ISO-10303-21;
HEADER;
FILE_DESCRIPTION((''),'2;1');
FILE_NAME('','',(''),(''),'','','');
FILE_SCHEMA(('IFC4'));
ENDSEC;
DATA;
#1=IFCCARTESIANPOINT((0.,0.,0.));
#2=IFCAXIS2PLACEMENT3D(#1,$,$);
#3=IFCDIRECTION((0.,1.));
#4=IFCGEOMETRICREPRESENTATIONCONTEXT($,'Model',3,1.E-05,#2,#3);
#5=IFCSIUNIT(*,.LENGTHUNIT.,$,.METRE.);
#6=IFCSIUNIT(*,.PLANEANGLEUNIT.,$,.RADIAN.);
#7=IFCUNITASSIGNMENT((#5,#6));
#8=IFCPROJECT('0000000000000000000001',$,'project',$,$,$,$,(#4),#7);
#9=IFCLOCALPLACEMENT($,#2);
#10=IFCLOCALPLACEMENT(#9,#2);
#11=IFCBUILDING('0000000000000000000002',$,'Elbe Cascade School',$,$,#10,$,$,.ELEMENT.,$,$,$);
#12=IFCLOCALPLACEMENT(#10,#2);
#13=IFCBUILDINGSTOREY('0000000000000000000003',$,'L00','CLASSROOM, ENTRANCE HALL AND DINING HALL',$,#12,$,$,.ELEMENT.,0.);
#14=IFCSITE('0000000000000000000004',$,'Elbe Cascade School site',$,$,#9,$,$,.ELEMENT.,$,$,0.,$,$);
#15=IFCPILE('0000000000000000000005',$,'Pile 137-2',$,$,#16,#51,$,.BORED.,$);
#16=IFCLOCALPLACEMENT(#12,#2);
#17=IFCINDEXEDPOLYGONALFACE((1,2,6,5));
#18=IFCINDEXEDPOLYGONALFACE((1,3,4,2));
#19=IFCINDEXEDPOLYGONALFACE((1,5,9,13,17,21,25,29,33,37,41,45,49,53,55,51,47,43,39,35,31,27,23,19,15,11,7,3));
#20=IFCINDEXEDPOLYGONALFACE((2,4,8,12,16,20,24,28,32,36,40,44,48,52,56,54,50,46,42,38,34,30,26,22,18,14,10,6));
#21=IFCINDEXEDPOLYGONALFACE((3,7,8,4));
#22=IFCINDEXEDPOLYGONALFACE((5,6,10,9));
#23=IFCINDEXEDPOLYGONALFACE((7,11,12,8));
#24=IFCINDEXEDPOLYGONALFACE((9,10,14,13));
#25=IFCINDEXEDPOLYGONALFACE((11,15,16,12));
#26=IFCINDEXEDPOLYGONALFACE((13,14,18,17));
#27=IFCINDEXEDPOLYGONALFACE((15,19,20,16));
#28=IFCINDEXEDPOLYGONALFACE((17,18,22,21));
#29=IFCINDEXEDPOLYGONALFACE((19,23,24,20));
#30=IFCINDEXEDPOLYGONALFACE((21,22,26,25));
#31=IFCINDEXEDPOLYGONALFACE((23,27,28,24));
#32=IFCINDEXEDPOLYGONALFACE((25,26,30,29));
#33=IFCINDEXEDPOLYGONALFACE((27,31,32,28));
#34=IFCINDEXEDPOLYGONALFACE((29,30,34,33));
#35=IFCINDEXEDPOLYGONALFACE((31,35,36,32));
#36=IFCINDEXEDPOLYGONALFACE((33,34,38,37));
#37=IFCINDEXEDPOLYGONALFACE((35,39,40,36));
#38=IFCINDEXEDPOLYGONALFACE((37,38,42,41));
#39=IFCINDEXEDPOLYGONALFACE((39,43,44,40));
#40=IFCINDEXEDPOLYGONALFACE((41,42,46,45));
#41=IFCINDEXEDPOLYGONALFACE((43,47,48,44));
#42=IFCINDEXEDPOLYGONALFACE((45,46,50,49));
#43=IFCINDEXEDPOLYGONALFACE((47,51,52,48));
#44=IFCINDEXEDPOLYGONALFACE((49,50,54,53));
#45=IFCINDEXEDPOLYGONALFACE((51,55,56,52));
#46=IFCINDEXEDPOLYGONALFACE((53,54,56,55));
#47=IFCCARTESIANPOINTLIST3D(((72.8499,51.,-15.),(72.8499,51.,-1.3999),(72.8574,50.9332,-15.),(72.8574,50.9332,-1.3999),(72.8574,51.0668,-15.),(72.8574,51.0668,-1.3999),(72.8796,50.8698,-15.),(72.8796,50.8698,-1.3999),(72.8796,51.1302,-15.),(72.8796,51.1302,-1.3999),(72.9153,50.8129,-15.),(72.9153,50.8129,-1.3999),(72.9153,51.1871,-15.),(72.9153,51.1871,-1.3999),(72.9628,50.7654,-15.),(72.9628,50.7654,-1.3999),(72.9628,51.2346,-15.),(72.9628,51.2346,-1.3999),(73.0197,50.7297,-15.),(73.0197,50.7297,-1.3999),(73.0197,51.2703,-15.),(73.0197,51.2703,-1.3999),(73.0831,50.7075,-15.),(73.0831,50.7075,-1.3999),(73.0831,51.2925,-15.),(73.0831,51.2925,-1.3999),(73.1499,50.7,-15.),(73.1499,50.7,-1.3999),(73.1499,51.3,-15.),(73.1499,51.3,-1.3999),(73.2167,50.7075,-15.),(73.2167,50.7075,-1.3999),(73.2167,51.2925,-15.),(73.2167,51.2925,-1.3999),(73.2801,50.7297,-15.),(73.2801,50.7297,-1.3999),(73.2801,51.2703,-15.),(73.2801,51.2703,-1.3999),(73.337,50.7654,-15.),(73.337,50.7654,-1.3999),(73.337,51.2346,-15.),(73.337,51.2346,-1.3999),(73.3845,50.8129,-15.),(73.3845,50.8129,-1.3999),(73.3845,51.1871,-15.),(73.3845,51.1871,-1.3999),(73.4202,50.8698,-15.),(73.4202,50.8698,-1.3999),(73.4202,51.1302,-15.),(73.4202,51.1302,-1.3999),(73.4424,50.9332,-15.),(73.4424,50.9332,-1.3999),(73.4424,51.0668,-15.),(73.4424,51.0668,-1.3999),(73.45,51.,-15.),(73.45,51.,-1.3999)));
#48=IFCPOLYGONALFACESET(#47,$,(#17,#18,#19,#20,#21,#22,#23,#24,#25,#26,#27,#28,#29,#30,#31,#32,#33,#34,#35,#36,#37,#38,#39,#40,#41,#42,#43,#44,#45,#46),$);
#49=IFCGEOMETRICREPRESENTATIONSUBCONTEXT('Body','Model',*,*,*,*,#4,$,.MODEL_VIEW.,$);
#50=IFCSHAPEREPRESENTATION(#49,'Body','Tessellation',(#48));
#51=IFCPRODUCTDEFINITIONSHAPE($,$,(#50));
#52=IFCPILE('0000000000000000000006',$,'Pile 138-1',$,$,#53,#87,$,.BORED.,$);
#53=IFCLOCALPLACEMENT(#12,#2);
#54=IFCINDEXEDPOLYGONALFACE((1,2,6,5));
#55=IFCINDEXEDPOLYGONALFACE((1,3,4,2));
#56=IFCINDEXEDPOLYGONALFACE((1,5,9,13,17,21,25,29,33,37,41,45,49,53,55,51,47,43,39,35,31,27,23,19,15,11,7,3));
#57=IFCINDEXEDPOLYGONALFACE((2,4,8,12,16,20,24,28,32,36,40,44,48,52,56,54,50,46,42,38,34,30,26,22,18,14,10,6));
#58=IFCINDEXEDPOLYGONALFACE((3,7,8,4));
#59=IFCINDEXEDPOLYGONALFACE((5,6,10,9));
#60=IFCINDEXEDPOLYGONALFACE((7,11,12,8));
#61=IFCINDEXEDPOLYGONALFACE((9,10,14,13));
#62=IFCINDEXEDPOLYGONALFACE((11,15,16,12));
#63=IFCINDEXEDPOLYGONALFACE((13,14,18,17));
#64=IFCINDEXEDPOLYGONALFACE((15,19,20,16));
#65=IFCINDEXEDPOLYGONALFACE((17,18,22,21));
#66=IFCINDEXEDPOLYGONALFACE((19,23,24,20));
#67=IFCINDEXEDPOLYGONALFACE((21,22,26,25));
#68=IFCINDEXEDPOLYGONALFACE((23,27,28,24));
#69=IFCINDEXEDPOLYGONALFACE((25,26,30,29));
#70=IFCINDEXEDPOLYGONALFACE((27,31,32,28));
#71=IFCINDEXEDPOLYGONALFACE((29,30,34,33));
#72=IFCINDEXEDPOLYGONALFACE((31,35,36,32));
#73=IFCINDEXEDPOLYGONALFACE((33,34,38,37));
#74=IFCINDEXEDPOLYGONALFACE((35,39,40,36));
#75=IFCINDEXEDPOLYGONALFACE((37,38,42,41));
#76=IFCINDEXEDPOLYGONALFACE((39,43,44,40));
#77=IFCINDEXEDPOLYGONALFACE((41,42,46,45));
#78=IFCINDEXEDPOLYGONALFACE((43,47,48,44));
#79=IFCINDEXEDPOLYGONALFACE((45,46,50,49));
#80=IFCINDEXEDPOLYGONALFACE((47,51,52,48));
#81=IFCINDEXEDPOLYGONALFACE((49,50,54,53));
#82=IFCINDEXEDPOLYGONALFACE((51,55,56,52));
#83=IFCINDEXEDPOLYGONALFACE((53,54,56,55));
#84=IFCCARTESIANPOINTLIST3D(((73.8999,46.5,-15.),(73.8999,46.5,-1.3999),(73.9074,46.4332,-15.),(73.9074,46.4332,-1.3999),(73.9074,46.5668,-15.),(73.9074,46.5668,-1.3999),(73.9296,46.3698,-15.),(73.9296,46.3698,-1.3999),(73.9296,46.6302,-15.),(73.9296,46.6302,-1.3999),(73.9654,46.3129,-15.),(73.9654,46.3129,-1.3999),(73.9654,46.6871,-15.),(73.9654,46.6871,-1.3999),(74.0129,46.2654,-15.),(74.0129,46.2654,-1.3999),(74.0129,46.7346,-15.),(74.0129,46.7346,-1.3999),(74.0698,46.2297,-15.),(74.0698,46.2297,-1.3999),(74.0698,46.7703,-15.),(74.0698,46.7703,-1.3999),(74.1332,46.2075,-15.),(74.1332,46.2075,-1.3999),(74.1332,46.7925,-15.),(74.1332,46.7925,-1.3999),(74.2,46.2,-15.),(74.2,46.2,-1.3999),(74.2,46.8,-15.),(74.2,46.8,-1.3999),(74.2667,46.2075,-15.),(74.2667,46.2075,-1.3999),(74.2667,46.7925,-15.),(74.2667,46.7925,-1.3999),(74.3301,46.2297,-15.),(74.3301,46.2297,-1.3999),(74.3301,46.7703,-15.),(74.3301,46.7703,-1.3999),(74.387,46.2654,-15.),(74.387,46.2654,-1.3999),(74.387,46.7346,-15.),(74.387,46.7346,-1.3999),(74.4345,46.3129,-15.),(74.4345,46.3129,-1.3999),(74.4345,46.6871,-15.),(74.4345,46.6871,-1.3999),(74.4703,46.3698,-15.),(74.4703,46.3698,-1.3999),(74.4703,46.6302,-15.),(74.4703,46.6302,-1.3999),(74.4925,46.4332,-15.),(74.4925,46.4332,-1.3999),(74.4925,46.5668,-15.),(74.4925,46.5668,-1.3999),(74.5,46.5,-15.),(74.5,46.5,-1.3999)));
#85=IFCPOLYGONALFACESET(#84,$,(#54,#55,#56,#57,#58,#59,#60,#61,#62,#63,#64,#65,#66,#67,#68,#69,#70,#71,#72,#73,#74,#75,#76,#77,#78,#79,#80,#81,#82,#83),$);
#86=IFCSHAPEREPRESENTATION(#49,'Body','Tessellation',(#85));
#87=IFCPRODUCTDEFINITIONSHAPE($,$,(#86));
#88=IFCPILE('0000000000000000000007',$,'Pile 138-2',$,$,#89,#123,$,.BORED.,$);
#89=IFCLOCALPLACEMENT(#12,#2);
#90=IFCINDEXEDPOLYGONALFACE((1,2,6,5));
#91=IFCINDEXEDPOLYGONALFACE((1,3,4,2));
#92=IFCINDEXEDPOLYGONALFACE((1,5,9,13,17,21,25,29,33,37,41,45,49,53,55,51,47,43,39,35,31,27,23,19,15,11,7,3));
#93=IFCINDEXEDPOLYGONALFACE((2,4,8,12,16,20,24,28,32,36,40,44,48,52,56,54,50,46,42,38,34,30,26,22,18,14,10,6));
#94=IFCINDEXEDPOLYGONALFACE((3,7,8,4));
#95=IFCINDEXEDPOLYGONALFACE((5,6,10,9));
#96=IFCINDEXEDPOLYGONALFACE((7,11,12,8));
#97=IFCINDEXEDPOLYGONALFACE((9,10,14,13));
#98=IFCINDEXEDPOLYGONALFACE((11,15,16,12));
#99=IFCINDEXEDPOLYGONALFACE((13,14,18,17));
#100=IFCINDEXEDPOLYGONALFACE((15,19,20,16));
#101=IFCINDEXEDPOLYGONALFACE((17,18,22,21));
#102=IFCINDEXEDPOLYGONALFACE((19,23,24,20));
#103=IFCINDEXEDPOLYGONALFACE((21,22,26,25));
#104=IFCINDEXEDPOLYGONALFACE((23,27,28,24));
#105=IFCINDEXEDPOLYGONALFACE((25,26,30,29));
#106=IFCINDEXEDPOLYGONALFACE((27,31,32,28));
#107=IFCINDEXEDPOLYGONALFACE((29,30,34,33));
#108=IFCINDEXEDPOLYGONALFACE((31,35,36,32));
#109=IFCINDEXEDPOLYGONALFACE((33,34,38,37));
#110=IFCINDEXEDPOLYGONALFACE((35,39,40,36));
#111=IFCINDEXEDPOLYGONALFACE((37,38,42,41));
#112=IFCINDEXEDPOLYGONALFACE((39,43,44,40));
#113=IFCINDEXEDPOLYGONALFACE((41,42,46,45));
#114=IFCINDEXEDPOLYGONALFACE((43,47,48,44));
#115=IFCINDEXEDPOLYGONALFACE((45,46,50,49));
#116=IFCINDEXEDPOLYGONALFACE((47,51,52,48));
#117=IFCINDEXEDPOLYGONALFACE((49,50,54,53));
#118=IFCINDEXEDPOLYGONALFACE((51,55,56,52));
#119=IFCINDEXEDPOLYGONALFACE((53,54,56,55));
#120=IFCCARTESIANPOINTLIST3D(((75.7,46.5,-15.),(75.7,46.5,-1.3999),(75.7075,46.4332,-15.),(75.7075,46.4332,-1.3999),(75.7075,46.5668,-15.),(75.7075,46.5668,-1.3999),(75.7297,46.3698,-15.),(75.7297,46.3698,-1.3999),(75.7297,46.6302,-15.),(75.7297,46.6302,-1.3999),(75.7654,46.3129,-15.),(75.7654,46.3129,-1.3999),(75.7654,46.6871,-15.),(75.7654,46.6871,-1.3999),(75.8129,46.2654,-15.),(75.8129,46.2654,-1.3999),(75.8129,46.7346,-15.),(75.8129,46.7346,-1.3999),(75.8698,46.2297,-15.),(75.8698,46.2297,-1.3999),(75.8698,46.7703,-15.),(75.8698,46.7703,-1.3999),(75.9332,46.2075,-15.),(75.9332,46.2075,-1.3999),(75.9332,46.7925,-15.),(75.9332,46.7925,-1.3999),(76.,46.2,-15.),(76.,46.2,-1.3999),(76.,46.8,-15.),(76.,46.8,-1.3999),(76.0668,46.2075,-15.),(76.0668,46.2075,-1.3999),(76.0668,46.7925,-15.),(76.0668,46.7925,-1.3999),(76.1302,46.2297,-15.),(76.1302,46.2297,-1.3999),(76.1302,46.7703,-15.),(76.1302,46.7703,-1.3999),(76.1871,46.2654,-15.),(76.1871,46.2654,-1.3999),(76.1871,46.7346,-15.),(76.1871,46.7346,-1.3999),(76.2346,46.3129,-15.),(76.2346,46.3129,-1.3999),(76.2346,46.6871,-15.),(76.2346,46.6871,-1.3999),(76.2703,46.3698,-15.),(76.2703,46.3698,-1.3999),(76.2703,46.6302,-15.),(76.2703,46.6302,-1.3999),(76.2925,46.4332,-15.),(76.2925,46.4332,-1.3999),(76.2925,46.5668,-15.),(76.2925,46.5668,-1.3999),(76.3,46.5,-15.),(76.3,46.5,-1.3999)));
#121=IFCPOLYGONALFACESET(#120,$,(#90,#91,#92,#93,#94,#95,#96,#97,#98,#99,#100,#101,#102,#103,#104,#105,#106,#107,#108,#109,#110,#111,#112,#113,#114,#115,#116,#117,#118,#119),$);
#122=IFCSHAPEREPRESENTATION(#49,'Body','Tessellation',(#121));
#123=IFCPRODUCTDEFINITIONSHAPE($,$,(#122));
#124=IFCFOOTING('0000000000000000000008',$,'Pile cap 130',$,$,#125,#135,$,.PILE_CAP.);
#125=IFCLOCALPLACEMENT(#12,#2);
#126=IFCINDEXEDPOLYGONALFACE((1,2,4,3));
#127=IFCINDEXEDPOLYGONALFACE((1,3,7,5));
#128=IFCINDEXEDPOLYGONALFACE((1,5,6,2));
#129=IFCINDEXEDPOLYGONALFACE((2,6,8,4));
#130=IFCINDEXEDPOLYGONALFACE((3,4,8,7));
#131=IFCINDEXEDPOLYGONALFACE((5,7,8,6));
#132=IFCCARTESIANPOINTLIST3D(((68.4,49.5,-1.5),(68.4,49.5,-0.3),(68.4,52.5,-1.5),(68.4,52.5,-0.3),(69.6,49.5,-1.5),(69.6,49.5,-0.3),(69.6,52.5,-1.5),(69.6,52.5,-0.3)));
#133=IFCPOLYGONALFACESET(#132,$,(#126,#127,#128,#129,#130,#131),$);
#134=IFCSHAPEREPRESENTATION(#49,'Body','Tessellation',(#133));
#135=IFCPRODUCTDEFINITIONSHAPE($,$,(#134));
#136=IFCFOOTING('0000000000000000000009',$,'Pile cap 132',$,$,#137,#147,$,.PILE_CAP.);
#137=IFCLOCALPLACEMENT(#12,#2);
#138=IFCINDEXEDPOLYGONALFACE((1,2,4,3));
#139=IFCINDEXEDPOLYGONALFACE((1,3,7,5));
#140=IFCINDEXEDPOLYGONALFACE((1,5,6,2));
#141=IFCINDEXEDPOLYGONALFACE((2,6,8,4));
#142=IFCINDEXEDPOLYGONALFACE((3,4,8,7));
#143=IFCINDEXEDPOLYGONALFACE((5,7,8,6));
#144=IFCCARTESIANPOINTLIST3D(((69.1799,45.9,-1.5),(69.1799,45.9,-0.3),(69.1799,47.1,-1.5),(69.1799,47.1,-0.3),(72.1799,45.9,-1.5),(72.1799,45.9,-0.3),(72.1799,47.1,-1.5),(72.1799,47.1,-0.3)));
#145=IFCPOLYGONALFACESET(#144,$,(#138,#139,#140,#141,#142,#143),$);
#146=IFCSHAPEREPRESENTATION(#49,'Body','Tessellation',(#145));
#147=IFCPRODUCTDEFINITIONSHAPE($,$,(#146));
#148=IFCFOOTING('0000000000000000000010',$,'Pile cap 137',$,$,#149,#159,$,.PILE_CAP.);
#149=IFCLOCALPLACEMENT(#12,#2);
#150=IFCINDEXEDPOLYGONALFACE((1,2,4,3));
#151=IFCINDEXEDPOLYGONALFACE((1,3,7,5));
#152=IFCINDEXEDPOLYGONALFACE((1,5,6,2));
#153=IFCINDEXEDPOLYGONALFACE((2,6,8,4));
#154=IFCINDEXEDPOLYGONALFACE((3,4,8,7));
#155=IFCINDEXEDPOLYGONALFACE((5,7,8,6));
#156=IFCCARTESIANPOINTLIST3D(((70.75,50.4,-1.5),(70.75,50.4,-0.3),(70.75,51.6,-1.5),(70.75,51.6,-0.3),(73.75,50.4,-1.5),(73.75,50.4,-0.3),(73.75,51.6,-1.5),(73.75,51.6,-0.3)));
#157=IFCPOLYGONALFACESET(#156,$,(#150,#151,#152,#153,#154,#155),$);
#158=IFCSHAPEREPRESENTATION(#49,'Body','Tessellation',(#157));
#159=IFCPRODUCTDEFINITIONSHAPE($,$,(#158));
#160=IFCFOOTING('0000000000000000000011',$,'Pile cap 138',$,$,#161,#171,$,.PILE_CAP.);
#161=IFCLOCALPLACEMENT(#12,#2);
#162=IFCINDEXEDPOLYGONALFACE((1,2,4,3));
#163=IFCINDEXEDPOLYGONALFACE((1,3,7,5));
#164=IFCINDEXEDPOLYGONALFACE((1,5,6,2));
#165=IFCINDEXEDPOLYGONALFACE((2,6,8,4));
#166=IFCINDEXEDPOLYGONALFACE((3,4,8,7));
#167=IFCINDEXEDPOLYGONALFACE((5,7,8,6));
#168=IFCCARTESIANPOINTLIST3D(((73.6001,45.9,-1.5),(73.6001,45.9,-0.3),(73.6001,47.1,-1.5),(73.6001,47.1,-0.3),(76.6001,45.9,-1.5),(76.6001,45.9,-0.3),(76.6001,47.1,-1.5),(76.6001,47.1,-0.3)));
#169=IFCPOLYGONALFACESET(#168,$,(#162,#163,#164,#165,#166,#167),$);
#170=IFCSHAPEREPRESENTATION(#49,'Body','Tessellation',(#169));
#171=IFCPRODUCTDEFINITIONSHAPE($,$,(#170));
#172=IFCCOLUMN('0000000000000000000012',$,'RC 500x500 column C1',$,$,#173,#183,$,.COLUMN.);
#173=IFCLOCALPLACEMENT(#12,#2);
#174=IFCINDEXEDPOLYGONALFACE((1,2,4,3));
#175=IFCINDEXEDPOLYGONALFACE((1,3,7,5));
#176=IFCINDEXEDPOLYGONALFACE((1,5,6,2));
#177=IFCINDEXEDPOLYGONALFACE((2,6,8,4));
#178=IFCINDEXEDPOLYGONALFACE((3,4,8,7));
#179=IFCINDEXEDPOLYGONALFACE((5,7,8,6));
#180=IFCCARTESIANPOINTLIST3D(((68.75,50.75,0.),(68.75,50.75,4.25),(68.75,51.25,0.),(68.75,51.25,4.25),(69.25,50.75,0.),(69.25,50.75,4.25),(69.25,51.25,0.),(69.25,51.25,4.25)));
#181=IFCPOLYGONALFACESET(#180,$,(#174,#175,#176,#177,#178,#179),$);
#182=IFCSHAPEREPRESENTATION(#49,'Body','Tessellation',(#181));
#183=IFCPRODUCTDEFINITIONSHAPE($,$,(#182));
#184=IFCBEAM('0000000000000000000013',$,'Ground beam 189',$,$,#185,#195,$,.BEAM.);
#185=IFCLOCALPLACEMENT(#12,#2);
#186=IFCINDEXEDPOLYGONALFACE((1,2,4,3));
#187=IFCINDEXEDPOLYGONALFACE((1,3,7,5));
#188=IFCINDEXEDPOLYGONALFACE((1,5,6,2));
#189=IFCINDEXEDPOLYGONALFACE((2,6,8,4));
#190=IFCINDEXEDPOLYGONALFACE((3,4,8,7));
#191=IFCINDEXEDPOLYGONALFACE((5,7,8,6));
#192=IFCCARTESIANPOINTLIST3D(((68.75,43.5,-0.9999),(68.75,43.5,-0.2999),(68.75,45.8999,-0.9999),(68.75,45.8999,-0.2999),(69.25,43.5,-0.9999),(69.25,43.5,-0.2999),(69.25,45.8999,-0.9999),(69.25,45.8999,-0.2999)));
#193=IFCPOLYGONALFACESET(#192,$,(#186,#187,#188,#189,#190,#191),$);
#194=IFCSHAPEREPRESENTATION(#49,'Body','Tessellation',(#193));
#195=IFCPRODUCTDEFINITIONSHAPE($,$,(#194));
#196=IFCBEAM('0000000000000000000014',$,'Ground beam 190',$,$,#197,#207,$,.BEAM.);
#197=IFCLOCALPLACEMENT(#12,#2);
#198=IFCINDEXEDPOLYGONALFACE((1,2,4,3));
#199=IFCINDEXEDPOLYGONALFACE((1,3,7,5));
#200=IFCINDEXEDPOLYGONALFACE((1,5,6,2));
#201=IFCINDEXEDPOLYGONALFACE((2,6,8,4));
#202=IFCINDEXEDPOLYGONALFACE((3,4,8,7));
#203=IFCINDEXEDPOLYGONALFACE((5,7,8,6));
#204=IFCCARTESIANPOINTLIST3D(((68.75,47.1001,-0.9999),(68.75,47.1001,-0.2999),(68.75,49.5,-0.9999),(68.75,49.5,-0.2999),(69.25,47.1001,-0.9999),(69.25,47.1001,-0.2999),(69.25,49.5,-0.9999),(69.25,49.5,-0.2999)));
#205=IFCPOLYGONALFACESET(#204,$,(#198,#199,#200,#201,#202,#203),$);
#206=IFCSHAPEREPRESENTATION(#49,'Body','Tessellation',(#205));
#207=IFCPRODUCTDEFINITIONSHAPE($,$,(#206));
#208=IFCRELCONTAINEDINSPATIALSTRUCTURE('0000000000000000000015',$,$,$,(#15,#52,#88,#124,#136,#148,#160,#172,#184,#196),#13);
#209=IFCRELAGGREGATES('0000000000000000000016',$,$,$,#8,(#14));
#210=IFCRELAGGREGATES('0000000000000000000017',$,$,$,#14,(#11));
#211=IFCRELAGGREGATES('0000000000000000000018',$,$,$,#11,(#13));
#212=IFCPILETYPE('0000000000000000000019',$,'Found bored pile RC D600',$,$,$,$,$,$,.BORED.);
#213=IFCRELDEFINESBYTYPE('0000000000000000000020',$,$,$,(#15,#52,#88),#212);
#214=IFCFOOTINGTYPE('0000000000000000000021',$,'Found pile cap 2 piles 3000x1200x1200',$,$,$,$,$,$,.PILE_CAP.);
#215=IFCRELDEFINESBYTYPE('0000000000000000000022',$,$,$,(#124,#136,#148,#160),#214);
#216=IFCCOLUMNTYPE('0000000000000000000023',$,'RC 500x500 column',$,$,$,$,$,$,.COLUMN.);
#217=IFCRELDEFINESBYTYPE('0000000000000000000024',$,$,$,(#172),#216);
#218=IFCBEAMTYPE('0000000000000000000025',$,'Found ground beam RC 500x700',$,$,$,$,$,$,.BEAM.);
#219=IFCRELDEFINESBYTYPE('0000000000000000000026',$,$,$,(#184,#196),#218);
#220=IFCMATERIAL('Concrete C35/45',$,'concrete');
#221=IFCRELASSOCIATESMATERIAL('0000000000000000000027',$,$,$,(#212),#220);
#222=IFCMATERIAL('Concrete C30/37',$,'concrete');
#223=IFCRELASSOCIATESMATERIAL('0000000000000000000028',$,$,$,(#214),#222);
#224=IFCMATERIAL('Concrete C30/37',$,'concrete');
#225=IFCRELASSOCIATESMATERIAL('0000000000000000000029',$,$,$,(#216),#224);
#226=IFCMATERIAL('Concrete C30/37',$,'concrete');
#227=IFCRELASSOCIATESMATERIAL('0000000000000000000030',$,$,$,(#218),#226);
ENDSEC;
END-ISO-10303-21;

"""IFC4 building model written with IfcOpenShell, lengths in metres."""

from ifc_helpers import new_model, si_unit, direction, frame, origin, origin_2d, place, context, subcontext, project, spatial, rectangle, circle, extrude, material, material_profile, profile_set, type_object, element, save


model = new_model("IFC4")

# Units and contexts
model_context = context("Model", 3, precision=1e-05, world=origin(), true_north=direction((0.0, 1.0)))
body_context = subcontext(model_context, "Body", "Model", "MODEL_VIEW")
ifc_project = project(units=[si_unit("LENGTHUNIT", "METRE"), si_unit("PLANEANGLEUNIT", "RADIAN")], contexts=[model_context])

# Site, building, storey
site_placement = place(None, origin())
site = spatial("IfcSite", under=ifc_project, at=site_placement, Name="Elbe Cascade School site", CompositionType="ELEMENT", RefElevation=0.0)
building_placement = place(site_placement, origin())
building = spatial("IfcBuilding", under=site, at=building_placement, Name="Elbe Cascade School", CompositionType="ELEMENT")
storey_placement = place(building_placement, origin())
storey = spatial("IfcBuildingStorey", under=building, at=storey_placement, Name="L00", Description="CLASSROOM, ENTRANCE HALL AND DINING HALL", CompositionType="ELEMENT", Elevation=0.0)

# Piles
ifc_material_1 = material(Name="Concrete C35/45", Category="concrete")
ifc_material_profile_1 = material_profile(ifc_material_1, circle(Radius=0.3, at=origin_2d()), Name="RC D600")
ifc_profile_set_1 = profile_set([ifc_material_profile_1], Name="Concrete C35/45")
pile_type = type_object("IfcPileType", Name="Found bored pile RC D600", PredefinedType="BORED", material=ifc_profile_set_1)
for number, where, z_axis, x_axis, name in (
    (1, (73.1499, 51.0, -1.3999), (0.0, 0.0, -1.0), (1.0, 0.0, 0.0), "Pile 137-2"),
    (2, (74.2, 46.5, -1.3999), (0.0, 0.0, -1.0), (1.0, 0.0, 0.0), "Pile 138-1"),
    (3, (76.0, 46.5, -1.3999), (0.0, 0.0, -1.0), (1.0, 0.0, 0.0), "Pile 138-2"),
):
    element("IfcPile", number, at=place(storey_placement, frame(where, z_axis=z_axis, x_axis=x_axis)), inside=storey, type_object=pile_type, Name=name, PredefinedType="BORED", context=body_context, shape_type="SweptSolid", body=[
        extrude(circle(Radius=0.3, at=origin_2d()), origin(), (0.0, 0.0, 1.0), 13.6001),
    ])

# Footings
ifc_material_2 = material(Name="Concrete C30/37", Category="concrete")
footing_type = type_object("IfcFootingType", Name="Found pile cap 2 piles 3000x1200x1200", PredefinedType="PILE_CAP", material=ifc_material_2)
footing_placement = place(storey_placement, frame((69.0, 51.0, -1.5), z_axis=(0.0, 0.0, 1.0), x_axis=(1.0, 0.0, 0.0)))
element("IfcFooting", 4, at=footing_placement, inside=storey, type_object=footing_type, Name="Pile cap 130", PredefinedType="PILE_CAP", context=body_context, shape_type="SweptSolid", body=[
    extrude(rectangle(XDim=1.2, YDim=3.0, at=origin_2d()), origin(), (0.0, 0.0, 1.0), 1.2),
])
for number, where, z_axis, x_axis, name in (
    (5, (70.6799, 46.5, -1.5), (0.0, 0.0, 1.0), (1.0, 0.0, 0.0), "Pile cap 132"),
    (6, (72.25, 51.0, -1.5), (0.0, 0.0, 1.0), (1.0, 0.0, 0.0), "Pile cap 137"),
    (7, (75.1001, 46.5, -1.5), (0.0, 0.0, 1.0), (1.0, 0.0, 0.0), "Pile cap 138"),
):
    element("IfcFooting", number, at=place(storey_placement, frame(where, z_axis=z_axis, x_axis=x_axis)), inside=storey, type_object=footing_type, Name=name, PredefinedType="PILE_CAP", context=body_context, shape_type="SweptSolid", body=[
        extrude(rectangle(XDim=3.0, YDim=1.2, at=origin_2d()), origin(), (0.0, 0.0, 1.0), 1.2),
    ])

# Column
ifc_material_3 = material(Name="Concrete C30/37", Category="concrete")
ifc_material_profile_2 = material_profile(ifc_material_3, rectangle(XDim=0.5, YDim=0.5, at=origin_2d()), Name="RC 500x500")
ifc_profile_set_2 = profile_set([ifc_material_profile_2], Name="Concrete C30/37")
column_type = type_object("IfcColumnType", Name="RC 500x500 column", PredefinedType="COLUMN", material=ifc_profile_set_2)
column_placement = place(storey_placement, frame((69.0, 51.0, 0.0), z_axis=(0.0, 0.0, 1.0), x_axis=(1.0, 0.0, 0.0)))
element("IfcColumn", 8, at=column_placement, inside=storey, type_object=column_type, Name="RC 500x500 column C1", PredefinedType="COLUMN", context=body_context, shape_type="SweptSolid", body=[
    extrude(rectangle(XDim=0.5, YDim=0.5, at=origin_2d()), origin(), (0.0, 0.0, 1.0), 4.25),
])

# Beams
ifc_material_4 = material(Name="Concrete C30/37", Category="concrete")
ifc_material_profile_3 = material_profile(ifc_material_4, rectangle(XDim=0.5, YDim=0.7, at=origin_2d()), Name="RC 500x700")
ifc_profile_set_3 = profile_set([ifc_material_profile_3], Name="Concrete C30/37")
beam_type_1 = type_object("IfcBeamType", Name="Found ground beam RC 500x700", PredefinedType="BEAM", material=ifc_profile_set_3)
for number, where, z_axis, x_axis, name in (
    (9, (69.0, 43.5, -0.6499), (0.0, 1.0, 0.0), (-1.0, 0.0, 0.0), "Ground beam 189"),
    (10, (69.0, 47.1001, -0.6499), (0.0, 1.0, 0.0), (-1.0, 0.0, 0.0), "Ground beam 190"),
):
    element("IfcBeam", number, at=place(storey_placement, frame(where, z_axis=z_axis, x_axis=x_axis)), inside=storey, type_object=beam_type_1, Name=name, PredefinedType="BEAM", context=body_context, shape_type="SweptSolid", body=[
        extrude(rectangle(XDim=0.5, YDim=0.7, at=origin_2d()), origin(), (0.0, 0.0, 1.0), 2.3999),
    ])

save(model, "model.ifc")
